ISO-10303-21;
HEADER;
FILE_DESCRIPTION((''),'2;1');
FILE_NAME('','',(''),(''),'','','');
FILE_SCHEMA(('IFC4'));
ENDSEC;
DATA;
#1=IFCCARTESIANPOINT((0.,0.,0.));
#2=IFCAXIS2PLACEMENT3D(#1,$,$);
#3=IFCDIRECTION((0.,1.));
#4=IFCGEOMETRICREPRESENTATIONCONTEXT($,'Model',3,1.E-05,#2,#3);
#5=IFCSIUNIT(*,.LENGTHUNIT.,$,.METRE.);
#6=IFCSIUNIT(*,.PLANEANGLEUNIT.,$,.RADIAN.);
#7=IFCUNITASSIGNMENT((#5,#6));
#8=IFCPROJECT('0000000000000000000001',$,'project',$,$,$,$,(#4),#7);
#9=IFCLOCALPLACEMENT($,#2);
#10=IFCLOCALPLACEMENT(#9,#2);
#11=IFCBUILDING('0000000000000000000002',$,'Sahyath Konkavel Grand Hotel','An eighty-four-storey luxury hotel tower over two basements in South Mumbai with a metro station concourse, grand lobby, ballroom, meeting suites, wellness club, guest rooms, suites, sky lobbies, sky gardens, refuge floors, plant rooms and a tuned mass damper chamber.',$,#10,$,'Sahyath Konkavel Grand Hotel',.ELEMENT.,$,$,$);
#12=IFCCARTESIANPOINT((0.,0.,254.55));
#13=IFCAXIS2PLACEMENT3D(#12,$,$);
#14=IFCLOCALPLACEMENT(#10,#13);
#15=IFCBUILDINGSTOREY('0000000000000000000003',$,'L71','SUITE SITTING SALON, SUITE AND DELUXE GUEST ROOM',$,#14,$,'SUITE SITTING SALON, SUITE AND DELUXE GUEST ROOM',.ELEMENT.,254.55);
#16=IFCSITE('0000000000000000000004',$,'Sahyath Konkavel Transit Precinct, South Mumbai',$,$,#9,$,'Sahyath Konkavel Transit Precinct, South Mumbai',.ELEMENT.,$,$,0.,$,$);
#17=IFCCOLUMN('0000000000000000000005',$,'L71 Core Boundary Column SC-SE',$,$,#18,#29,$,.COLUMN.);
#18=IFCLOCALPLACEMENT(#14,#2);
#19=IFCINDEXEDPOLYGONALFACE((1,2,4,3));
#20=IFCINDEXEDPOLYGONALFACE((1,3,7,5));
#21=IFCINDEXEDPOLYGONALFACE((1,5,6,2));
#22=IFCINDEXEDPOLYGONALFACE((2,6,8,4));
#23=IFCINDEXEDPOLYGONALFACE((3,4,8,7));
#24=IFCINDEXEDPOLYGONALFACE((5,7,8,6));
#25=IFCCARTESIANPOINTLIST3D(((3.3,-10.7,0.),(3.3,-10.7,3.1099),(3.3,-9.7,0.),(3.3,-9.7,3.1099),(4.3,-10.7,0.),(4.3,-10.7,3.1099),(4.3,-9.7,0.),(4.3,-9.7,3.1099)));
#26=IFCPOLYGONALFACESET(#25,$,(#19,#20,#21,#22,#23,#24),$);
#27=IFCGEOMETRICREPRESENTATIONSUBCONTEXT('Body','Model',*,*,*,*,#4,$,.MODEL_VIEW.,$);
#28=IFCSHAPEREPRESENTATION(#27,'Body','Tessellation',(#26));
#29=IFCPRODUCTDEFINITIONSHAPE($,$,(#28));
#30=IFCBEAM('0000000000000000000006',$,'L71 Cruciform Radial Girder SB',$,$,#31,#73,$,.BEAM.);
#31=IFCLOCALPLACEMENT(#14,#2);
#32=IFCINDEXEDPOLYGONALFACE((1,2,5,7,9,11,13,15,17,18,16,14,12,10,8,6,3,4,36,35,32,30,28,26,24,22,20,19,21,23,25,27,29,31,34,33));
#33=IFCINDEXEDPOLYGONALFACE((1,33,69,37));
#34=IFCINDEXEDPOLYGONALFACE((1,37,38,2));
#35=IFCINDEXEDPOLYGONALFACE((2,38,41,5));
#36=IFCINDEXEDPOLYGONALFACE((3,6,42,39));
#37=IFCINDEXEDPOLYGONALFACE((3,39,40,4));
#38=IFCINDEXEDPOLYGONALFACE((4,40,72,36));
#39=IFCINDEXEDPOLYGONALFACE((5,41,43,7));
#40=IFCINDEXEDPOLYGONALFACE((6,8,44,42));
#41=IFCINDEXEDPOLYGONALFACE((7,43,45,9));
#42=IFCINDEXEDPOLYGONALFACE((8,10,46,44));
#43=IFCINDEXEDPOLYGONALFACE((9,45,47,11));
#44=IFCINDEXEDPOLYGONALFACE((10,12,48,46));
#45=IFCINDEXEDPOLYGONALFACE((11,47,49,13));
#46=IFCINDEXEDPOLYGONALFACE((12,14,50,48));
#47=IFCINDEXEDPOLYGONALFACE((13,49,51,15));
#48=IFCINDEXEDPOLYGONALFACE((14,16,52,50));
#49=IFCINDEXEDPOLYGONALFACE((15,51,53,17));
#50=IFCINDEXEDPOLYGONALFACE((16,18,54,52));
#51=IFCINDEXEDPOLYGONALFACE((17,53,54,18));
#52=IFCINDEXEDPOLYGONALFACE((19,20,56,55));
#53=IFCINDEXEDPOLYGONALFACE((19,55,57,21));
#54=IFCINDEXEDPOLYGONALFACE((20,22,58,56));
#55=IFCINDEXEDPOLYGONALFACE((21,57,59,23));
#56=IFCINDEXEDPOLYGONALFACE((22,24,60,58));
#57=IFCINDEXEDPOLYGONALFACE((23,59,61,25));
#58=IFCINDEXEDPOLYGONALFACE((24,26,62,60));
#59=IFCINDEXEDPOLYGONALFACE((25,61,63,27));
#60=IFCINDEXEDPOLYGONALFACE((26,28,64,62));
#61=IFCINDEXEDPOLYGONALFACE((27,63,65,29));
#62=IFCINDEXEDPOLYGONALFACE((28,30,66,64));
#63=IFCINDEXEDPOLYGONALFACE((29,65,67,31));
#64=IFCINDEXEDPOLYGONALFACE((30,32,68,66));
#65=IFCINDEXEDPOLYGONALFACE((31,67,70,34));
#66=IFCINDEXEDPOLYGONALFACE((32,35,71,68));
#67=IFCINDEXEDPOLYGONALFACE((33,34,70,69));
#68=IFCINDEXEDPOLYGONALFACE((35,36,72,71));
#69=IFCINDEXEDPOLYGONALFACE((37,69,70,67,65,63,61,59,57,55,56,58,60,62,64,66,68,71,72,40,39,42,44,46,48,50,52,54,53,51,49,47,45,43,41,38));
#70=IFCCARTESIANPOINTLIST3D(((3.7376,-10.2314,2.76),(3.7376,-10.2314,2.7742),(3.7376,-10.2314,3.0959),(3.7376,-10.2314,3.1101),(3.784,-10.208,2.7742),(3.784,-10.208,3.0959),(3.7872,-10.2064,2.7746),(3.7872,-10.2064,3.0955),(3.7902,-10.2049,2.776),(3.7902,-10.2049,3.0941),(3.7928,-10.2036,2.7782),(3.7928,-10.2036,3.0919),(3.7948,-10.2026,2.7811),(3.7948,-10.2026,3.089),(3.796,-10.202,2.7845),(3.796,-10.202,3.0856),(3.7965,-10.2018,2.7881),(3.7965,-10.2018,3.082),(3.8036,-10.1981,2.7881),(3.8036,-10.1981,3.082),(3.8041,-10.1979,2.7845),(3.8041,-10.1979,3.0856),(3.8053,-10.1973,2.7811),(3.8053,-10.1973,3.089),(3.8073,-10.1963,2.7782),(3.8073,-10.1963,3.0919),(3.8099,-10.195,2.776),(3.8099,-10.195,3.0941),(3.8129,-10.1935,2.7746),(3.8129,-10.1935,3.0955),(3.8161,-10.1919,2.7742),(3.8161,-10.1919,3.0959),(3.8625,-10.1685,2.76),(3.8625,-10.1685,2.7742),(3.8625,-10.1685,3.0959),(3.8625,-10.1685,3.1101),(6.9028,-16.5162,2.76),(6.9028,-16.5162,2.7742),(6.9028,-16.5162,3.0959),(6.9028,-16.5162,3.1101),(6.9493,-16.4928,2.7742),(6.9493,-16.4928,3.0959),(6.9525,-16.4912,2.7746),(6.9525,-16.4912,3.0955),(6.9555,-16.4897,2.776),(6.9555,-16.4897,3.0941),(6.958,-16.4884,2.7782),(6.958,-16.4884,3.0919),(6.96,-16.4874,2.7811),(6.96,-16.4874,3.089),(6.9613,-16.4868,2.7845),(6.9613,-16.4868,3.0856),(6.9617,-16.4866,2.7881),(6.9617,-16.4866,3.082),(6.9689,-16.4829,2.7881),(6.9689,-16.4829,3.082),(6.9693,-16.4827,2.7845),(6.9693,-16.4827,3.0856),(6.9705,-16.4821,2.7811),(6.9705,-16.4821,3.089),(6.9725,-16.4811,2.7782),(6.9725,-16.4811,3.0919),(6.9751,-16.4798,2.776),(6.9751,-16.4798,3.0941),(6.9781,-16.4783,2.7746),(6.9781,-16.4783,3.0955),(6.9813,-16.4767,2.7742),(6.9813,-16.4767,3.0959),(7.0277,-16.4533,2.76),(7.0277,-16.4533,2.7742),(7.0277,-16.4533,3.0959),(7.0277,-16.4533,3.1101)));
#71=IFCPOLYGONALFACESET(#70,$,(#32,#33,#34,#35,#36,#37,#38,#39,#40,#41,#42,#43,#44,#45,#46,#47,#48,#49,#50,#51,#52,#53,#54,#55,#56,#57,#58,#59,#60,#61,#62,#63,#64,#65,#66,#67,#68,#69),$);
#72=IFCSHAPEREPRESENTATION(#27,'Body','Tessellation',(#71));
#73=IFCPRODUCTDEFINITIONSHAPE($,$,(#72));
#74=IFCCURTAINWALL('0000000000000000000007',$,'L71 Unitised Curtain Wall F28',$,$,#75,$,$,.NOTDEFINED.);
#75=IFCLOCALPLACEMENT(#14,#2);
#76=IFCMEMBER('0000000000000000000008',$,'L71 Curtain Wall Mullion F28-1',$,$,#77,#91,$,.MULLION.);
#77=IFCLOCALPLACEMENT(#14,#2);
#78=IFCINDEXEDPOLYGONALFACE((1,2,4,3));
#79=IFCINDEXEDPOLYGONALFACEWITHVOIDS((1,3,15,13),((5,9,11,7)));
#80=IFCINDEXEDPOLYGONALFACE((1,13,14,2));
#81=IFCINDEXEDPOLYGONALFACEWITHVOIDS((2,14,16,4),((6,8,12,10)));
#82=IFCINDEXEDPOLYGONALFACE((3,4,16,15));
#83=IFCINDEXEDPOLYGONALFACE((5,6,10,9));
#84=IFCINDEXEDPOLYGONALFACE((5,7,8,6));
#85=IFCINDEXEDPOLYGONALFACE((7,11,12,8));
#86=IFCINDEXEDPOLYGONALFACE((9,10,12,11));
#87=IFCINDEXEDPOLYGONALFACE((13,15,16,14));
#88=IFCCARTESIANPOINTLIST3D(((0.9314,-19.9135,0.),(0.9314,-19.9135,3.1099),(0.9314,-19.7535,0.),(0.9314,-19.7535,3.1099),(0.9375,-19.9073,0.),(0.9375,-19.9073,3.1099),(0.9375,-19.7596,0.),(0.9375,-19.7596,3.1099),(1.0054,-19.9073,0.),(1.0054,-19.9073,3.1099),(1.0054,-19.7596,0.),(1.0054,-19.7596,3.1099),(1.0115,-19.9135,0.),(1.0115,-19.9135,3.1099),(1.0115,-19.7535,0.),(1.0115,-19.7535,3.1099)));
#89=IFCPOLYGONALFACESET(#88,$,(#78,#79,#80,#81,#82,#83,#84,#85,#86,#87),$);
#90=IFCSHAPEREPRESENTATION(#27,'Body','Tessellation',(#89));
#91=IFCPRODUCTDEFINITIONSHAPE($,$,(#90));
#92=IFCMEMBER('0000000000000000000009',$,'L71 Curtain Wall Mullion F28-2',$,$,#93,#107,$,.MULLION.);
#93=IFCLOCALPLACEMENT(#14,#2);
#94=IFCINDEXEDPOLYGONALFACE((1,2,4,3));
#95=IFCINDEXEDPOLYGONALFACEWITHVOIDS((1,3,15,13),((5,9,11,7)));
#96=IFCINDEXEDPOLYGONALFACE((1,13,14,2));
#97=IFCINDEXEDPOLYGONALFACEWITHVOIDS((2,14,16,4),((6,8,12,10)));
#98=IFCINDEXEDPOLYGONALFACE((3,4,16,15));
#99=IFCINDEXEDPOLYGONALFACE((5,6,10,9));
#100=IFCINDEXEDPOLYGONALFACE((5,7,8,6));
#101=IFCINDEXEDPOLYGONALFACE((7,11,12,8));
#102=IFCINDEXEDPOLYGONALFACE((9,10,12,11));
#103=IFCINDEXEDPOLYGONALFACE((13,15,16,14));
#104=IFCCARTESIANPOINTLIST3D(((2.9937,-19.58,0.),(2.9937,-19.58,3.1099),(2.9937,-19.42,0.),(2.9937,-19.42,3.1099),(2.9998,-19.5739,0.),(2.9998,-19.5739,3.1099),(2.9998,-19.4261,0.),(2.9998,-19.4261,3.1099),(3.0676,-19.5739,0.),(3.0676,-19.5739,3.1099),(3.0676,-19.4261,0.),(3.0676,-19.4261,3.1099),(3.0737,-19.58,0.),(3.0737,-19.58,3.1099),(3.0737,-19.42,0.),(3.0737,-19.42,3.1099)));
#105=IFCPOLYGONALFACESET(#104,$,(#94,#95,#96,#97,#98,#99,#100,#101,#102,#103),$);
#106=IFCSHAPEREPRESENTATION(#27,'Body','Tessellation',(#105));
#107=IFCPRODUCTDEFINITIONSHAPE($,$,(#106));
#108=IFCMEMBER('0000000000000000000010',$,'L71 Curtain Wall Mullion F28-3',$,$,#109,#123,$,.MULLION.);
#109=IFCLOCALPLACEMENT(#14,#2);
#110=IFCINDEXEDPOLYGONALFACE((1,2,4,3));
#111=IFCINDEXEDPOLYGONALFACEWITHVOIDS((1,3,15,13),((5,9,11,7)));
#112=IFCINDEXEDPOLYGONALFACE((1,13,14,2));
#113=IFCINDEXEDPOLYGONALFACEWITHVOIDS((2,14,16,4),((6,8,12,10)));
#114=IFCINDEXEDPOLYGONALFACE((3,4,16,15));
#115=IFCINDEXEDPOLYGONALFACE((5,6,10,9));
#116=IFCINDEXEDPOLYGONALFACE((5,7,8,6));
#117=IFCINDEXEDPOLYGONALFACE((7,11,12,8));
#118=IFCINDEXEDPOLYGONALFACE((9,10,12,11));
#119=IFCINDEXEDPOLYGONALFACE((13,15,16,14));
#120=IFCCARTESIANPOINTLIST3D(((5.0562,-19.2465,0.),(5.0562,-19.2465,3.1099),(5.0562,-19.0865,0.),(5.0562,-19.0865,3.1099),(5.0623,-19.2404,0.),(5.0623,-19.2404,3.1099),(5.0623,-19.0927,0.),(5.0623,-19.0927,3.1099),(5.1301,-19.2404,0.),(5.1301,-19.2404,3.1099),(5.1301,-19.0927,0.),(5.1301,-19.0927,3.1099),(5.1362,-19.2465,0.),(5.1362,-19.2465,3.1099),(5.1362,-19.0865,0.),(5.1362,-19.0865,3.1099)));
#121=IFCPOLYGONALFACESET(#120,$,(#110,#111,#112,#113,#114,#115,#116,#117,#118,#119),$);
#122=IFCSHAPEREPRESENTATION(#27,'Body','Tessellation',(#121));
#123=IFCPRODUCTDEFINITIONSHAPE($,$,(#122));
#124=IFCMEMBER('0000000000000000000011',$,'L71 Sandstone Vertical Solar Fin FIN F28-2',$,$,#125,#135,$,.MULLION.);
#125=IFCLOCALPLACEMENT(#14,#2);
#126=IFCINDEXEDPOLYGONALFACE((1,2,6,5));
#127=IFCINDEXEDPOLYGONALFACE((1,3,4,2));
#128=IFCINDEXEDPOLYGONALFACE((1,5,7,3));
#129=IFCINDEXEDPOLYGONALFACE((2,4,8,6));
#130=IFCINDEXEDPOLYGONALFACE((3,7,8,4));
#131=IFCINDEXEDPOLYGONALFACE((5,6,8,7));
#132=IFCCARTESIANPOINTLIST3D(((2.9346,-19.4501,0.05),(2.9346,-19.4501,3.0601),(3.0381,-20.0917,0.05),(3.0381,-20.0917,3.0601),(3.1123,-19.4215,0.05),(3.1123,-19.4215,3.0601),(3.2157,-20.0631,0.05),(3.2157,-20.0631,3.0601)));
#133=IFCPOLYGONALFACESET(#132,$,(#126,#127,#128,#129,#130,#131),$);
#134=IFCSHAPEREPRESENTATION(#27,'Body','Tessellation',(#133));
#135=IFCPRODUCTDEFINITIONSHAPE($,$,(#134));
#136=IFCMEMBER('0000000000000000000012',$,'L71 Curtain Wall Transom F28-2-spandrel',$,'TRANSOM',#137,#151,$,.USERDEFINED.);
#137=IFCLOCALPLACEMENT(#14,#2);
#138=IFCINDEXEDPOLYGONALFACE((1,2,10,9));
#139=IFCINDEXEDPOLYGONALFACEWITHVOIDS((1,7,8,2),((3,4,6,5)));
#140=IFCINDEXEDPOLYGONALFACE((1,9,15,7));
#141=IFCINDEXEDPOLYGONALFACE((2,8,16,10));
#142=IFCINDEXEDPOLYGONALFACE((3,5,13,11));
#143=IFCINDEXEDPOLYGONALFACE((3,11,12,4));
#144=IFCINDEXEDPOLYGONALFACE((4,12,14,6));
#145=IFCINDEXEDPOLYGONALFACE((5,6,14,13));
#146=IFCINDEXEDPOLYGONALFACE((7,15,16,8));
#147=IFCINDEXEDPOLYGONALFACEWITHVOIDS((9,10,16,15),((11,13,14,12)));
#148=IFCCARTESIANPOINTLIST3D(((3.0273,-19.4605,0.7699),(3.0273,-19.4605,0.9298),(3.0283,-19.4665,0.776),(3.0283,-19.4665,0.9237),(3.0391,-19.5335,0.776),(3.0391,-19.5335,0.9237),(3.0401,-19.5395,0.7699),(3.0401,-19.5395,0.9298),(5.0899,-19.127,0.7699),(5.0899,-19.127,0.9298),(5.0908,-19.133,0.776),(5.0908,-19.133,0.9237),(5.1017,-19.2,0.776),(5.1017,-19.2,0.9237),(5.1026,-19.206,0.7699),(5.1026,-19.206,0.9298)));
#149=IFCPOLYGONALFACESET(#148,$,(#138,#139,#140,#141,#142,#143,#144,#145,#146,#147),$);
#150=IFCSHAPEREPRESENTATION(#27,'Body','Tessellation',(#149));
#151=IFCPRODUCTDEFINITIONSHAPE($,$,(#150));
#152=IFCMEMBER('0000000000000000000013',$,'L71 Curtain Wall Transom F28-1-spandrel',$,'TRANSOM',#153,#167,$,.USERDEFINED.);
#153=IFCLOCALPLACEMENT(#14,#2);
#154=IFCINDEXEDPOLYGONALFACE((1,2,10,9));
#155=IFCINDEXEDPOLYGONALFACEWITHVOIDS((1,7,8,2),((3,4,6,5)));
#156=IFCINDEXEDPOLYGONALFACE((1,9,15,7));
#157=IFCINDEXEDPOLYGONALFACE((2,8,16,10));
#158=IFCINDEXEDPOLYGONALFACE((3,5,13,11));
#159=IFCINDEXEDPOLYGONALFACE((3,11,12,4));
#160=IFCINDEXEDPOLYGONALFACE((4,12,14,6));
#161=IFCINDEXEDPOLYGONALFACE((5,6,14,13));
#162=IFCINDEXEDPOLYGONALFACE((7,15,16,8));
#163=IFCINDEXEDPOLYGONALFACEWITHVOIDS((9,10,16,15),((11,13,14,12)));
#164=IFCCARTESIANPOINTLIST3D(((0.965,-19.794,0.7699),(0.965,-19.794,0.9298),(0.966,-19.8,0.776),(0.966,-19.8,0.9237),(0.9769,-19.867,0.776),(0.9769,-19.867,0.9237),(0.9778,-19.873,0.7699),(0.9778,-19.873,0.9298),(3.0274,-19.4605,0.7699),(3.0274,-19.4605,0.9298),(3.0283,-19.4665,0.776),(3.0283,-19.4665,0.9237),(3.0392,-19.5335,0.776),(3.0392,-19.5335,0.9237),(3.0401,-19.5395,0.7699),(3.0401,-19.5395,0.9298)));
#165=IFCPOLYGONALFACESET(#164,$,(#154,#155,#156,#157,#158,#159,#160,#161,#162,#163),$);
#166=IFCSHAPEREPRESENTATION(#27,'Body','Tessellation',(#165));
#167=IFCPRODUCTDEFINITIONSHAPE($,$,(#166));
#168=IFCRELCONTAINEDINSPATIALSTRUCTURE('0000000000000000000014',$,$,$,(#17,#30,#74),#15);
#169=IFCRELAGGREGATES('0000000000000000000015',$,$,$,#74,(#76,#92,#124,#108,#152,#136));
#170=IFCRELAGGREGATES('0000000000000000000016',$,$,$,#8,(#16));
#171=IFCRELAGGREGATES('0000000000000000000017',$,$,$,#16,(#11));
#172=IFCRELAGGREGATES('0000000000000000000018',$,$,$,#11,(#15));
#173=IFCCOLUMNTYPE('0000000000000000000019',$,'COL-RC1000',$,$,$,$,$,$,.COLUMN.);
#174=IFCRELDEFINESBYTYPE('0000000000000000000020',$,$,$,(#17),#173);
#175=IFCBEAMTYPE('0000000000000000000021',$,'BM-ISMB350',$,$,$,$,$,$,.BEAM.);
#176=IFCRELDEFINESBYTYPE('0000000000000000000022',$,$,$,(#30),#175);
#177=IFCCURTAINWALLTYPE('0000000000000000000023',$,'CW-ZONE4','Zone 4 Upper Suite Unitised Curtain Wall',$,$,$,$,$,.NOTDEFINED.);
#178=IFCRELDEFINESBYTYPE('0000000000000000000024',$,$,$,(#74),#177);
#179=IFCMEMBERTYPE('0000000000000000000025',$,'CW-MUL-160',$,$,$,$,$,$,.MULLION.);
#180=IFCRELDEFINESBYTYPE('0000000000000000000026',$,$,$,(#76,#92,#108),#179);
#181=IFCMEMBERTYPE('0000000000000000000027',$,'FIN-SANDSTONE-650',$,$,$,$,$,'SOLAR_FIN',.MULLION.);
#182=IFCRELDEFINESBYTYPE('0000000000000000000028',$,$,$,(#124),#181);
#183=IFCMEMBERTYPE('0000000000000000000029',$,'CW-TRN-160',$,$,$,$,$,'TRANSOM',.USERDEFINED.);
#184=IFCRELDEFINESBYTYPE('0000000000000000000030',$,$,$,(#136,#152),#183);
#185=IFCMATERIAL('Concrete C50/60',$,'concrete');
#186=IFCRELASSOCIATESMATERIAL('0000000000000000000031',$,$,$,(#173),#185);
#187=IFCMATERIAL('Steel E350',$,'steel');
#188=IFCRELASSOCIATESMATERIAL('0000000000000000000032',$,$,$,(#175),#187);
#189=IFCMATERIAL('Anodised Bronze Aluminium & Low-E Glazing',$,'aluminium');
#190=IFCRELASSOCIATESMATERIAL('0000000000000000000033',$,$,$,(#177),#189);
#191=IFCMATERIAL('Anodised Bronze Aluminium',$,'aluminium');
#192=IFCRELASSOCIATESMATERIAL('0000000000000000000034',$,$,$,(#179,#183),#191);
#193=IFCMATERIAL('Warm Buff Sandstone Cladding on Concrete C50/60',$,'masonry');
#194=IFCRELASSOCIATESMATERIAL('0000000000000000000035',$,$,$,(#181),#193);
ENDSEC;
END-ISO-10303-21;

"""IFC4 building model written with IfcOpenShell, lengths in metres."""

from ifc_helpers import new_model, si_unit, direction, frame, origin, origin_2d, place, context, subcontext, project, spatial, rectangle, hollow_rectangle, i_section, extrude, source, transform, mapped, material, material_profile, profile_set, type_object, element, aggregate, save


model = new_model("IFC4")

# Units and contexts
model_context = context("Model", 3, precision=1e-05, world=origin(), true_north=direction((0.0, 1.0)))
body_context = subcontext(model_context, "Body", "Model", "MODEL_VIEW")
ifc_project = project(units=[si_unit("LENGTHUNIT", "METRE"), si_unit("PLANEANGLEUNIT", "RADIAN")], contexts=[model_context])

# Site, building, storey
site_placement = place(None, origin())
site = spatial("IfcSite", under=ifc_project, at=site_placement, Name="Sahyath Konkavel Transit Precinct, South Mumbai", LongName="Sahyath Konkavel Transit Precinct, South Mumbai", CompositionType="ELEMENT", RefElevation=0.0)
building_placement = place(site_placement, origin())
building = spatial("IfcBuilding", under=site, at=building_placement, Name="Sahyath Konkavel Grand Hotel", Description="An eighty-four-storey luxury hotel tower over two basements in South Mumbai with a metro station concourse, grand lobby, ballroom, meeting suites, wellness club, guest rooms, suites, sky lobbies, sky gardens, refuge floors, plant rooms and a tuned mass damper chamber.", LongName="Sahyath Konkavel Grand Hotel", CompositionType="ELEMENT")
storey_placement = place(building_placement, frame((0.0, 0.0, 254.55)))
storey = spatial("IfcBuildingStorey", under=building, at=storey_placement, Name="L71", Description="SUITE SITTING SALON, SUITE AND DELUXE GUEST ROOM", LongName="SUITE SITTING SALON, SUITE AND DELUXE GUEST ROOM", CompositionType="ELEMENT", Elevation=254.55)

# Column
ifc_material_1 = material(Name="Concrete C50/60", Category="concrete")
ifc_material_profile_1 = material_profile(ifc_material_1, rectangle(XDim=1.0, YDim=1.0, at=origin_2d()), Name="RC 1000x1000")
ifc_profile_set_1 = profile_set([ifc_material_profile_1], Name="Concrete C50/60")
column_type = type_object("IfcColumnType", Name="COL-RC1000", PredefinedType="COLUMN", material=ifc_profile_set_1)
shared_shape_1 = source(origin(), body_context, "Body", "SweptSolid", [
    extrude(rectangle(XDim=1.0, YDim=1.0, at=origin_2d()), origin(), (0.0, 0.0, 1.0), 3.1099),
])
column_placement = place(storey_placement, frame((3.8, -10.2, 0.0), z_axis=(0.0, 0.0, 1.0), x_axis=(1.0, 0.0, 0.0)))
element("IfcColumn", 1, at=column_placement, inside=storey, type_object=column_type, Name="L71 Core Boundary Column SC-SE", PredefinedType="COLUMN", context=body_context, shape_type="MappedRepresentation", body=[
    mapped(shared_shape_1, transform((0.0, 0.0, 0.0), scale=1.0)),
])

# Beam
ifc_material_2 = material(Name="Steel E350", Category="steel")
ifc_material_profile_2 = material_profile(ifc_material_2, i_section(OverallWidth=0.1399, OverallDepth=0.3501, WebThickness=0.0081, FlangeThickness=0.0142, FilletRadius=0.0139, at=origin_2d()), Name="ISMB 350")
ifc_profile_set_2 = profile_set([ifc_material_profile_2], Name="Steel E350")
beam_type_1 = type_object("IfcBeamType", Name="BM-ISMB350", PredefinedType="BEAM", material=ifc_profile_set_2)
shared_shape_2 = source(origin(), body_context, "Body", "SweptSolid", [
    extrude(i_section(OverallWidth=0.1399, OverallDepth=0.3501, WebThickness=0.0081, FlangeThickness=0.0142, FilletRadius=0.0139, at=origin_2d()), origin(), (0.0, 0.0, 1.0), 7.0369),
])
beam_1_placement = place(storey_placement, frame((3.8, -10.2, 2.9351), z_axis=(0.449807, -0.893126, 0.0), x_axis=(0.893126, 0.449807, 0.0)))
element("IfcBeam", 2, at=beam_1_placement, inside=storey, type_object=beam_type_1, Name="L71 Cruciform Radial Girder SB", PredefinedType="BEAM", context=body_context, shape_type="MappedRepresentation", body=[
    mapped(shared_shape_2, transform((0.0, 0.0, 0.0), scale=1.0)),
])

# Curtain wall, members
ifc_material_3 = material(Name="Anodised Bronze Aluminium & Low-E Glazing", Category="aluminium")
curtain_wall_type = type_object("IfcCurtainWallType", Name="CW-ZONE4", Description="Zone 4 Upper Suite Unitised Curtain Wall", PredefinedType="NOTDEFINED", material=ifc_material_3)
curtain_wall_placement = place(storey_placement, origin())
curtain_wall = element("IfcCurtainWall", 3, at=curtain_wall_placement, inside=storey, type_object=curtain_wall_type, Name="L71 Unitised Curtain Wall F28", PredefinedType="NOTDEFINED")
ifc_material_4 = material(Name="Anodised Bronze Aluminium", Category="aluminium")
ifc_material_profile_3 = material_profile(ifc_material_4, hollow_rectangle(XDim=0.0801, YDim=0.1599, WallThickness=0.0061, at=origin_2d()), Name="RHS 160x80x6")
ifc_profile_set_3 = profile_set([ifc_material_profile_3], Name="Anodised Bronze Aluminium")
member_type_1 = type_object("IfcMemberType", Name="CW-MUL-160", PredefinedType="MULLION", material=ifc_profile_set_3)
shared_shape_3 = source(origin(), body_context, "Body", "SweptSolid", [
    extrude(hollow_rectangle(XDim=0.0801, YDim=0.1599, WallThickness=0.0061, at=origin_2d()), origin(), (0.0, 0.0, 1.0), 3.1099),
])
member_1_placement = place(storey_placement, frame((0.9714, -19.8335, 0.0), z_axis=(0.0, 0.0, 1.0), x_axis=(1.0, 0.0, 0.0)))
member_1 = element("IfcMember", 4, at=member_1_placement, type_object=member_type_1, Name="L71 Curtain Wall Mullion F28-1", PredefinedType="MULLION", context=body_context, shape_type="MappedRepresentation", body=[
    mapped(shared_shape_3, transform((0.0, 0.0, 0.0), scale=1.0)),
])
member_2_placement = place(storey_placement, frame((3.0337, -19.5, 0.0), z_axis=(0.0, 0.0, 1.0), x_axis=(1.0, 0.0, 0.0)))
member_2 = element("IfcMember", 5, at=member_2_placement, type_object=member_type_1, Name="L71 Curtain Wall Mullion F28-2", PredefinedType="MULLION", context=body_context, shape_type="MappedRepresentation", body=[
    mapped(shared_shape_3, transform((0.0, 0.0, 0.0), scale=1.0)),
])
member_3_placement = place(storey_placement, frame((5.0962, -19.1665, 0.0), z_axis=(0.0, 0.0, 1.0), x_axis=(1.0, 0.0, 0.0)))
member_3 = element("IfcMember", 6, at=member_3_placement, type_object=member_type_1, Name="L71 Curtain Wall Mullion F28-3", PredefinedType="MULLION", context=body_context, shape_type="MappedRepresentation", body=[
    mapped(shared_shape_3, transform((0.0, 0.0, 0.0), scale=1.0)),
])
ifc_material_5 = material(Name="Warm Buff Sandstone Cladding on Concrete C50/60", Category="masonry")
ifc_material_profile_4 = material_profile(ifc_material_5, rectangle(XDim=0.1799, YDim=0.6499, at=origin_2d()), Name="FIN 180x650")
ifc_profile_set_4 = profile_set([ifc_material_profile_4], Name="Warm Buff Sandstone Cladding on Concrete C50/60")
member_type_2 = type_object("IfcMemberType", Name="FIN-SANDSTONE-650", ElementType="SOLAR_FIN", PredefinedType="MULLION", material=ifc_profile_set_4)
shared_shape_4 = source(origin(), body_context, "Body", "SweptSolid", [
    extrude(rectangle(XDim=0.1799, YDim=0.6499, at=origin_2d()), origin(), (0.0, 0.0, 1.0), 3.01),
])
member_4_placement = place(storey_placement, frame((3.0752, -19.7566, 0.05), z_axis=(0.0, 0.0, 1.0), x_axis=(0.987248, 0.159192, 0.0)))
member_4 = element("IfcMember", 7, at=member_4_placement, type_object=member_type_2, Name="L71 Sandstone Vertical Solar Fin FIN F28-2", PredefinedType="MULLION", context=body_context, shape_type="MappedRepresentation", body=[
    mapped(shared_shape_4, transform((0.0, 0.0, 0.0), scale=1.0)),
])
ifc_material_profile_5 = material_profile(ifc_material_4, hollow_rectangle(XDim=0.0801, YDim=0.1599, WallThickness=0.0061, at=origin_2d()), Name="RHS 160x80x6")
ifc_profile_set_5 = profile_set([ifc_material_profile_5], Name="Anodised Bronze Aluminium")
member_type_3 = type_object("IfcMemberType", Name="CW-TRN-160", ElementType="TRANSOM", PredefinedType="USERDEFINED", material=ifc_profile_set_5)
shared_shape_5 = source(origin(), body_context, "Body", "SweptSolid", [
    extrude(hollow_rectangle(XDim=0.0801, YDim=0.1599, WallThickness=0.0061, at=origin_2d()), origin(), (0.0, 0.0, 1.0), 2.0894),
])
member_5_placement = place(storey_placement, frame((3.0337, -19.5, 0.8499), z_axis=(0.987178, 0.159622, 0.0), x_axis=(-0.159622, 0.987178, 0.0)))
member_5 = element("IfcMember", 8, at=member_5_placement, type_object=member_type_3, Name="L71 Curtain Wall Transom F28-2-spandrel", ObjectType="TRANSOM", PredefinedType="USERDEFINED", context=body_context, shape_type="MappedRepresentation", body=[
    mapped(shared_shape_5, transform((0.0, 0.0, 0.0), scale=1.0)),
])
shared_shape_6 = source(origin(), body_context, "Body", "SweptSolid", [
    extrude(hollow_rectangle(XDim=0.0801, YDim=0.1599, WallThickness=0.0061, at=origin_2d()), origin(), (0.0, 0.0, 1.0), 2.0891),
])
member_6_placement = place(storey_placement, frame((0.9714, -19.8335, 0.8499), z_axis=(0.987175, 0.15964, 0.0), x_axis=(-0.15964, 0.987175, 0.0)))
member_6 = element("IfcMember", 9, at=member_6_placement, type_object=member_type_3, Name="L71 Curtain Wall Transom F28-1-spandrel", ObjectType="TRANSOM", PredefinedType="USERDEFINED", context=body_context, shape_type="MappedRepresentation", body=[
    mapped(shared_shape_6, transform((0.0, 0.0, 0.0), scale=1.0)),
])

aggregate(curtain_wall, [member_1, member_2, member_4, member_3, member_6, member_5])

save(model, "model.ifc")
